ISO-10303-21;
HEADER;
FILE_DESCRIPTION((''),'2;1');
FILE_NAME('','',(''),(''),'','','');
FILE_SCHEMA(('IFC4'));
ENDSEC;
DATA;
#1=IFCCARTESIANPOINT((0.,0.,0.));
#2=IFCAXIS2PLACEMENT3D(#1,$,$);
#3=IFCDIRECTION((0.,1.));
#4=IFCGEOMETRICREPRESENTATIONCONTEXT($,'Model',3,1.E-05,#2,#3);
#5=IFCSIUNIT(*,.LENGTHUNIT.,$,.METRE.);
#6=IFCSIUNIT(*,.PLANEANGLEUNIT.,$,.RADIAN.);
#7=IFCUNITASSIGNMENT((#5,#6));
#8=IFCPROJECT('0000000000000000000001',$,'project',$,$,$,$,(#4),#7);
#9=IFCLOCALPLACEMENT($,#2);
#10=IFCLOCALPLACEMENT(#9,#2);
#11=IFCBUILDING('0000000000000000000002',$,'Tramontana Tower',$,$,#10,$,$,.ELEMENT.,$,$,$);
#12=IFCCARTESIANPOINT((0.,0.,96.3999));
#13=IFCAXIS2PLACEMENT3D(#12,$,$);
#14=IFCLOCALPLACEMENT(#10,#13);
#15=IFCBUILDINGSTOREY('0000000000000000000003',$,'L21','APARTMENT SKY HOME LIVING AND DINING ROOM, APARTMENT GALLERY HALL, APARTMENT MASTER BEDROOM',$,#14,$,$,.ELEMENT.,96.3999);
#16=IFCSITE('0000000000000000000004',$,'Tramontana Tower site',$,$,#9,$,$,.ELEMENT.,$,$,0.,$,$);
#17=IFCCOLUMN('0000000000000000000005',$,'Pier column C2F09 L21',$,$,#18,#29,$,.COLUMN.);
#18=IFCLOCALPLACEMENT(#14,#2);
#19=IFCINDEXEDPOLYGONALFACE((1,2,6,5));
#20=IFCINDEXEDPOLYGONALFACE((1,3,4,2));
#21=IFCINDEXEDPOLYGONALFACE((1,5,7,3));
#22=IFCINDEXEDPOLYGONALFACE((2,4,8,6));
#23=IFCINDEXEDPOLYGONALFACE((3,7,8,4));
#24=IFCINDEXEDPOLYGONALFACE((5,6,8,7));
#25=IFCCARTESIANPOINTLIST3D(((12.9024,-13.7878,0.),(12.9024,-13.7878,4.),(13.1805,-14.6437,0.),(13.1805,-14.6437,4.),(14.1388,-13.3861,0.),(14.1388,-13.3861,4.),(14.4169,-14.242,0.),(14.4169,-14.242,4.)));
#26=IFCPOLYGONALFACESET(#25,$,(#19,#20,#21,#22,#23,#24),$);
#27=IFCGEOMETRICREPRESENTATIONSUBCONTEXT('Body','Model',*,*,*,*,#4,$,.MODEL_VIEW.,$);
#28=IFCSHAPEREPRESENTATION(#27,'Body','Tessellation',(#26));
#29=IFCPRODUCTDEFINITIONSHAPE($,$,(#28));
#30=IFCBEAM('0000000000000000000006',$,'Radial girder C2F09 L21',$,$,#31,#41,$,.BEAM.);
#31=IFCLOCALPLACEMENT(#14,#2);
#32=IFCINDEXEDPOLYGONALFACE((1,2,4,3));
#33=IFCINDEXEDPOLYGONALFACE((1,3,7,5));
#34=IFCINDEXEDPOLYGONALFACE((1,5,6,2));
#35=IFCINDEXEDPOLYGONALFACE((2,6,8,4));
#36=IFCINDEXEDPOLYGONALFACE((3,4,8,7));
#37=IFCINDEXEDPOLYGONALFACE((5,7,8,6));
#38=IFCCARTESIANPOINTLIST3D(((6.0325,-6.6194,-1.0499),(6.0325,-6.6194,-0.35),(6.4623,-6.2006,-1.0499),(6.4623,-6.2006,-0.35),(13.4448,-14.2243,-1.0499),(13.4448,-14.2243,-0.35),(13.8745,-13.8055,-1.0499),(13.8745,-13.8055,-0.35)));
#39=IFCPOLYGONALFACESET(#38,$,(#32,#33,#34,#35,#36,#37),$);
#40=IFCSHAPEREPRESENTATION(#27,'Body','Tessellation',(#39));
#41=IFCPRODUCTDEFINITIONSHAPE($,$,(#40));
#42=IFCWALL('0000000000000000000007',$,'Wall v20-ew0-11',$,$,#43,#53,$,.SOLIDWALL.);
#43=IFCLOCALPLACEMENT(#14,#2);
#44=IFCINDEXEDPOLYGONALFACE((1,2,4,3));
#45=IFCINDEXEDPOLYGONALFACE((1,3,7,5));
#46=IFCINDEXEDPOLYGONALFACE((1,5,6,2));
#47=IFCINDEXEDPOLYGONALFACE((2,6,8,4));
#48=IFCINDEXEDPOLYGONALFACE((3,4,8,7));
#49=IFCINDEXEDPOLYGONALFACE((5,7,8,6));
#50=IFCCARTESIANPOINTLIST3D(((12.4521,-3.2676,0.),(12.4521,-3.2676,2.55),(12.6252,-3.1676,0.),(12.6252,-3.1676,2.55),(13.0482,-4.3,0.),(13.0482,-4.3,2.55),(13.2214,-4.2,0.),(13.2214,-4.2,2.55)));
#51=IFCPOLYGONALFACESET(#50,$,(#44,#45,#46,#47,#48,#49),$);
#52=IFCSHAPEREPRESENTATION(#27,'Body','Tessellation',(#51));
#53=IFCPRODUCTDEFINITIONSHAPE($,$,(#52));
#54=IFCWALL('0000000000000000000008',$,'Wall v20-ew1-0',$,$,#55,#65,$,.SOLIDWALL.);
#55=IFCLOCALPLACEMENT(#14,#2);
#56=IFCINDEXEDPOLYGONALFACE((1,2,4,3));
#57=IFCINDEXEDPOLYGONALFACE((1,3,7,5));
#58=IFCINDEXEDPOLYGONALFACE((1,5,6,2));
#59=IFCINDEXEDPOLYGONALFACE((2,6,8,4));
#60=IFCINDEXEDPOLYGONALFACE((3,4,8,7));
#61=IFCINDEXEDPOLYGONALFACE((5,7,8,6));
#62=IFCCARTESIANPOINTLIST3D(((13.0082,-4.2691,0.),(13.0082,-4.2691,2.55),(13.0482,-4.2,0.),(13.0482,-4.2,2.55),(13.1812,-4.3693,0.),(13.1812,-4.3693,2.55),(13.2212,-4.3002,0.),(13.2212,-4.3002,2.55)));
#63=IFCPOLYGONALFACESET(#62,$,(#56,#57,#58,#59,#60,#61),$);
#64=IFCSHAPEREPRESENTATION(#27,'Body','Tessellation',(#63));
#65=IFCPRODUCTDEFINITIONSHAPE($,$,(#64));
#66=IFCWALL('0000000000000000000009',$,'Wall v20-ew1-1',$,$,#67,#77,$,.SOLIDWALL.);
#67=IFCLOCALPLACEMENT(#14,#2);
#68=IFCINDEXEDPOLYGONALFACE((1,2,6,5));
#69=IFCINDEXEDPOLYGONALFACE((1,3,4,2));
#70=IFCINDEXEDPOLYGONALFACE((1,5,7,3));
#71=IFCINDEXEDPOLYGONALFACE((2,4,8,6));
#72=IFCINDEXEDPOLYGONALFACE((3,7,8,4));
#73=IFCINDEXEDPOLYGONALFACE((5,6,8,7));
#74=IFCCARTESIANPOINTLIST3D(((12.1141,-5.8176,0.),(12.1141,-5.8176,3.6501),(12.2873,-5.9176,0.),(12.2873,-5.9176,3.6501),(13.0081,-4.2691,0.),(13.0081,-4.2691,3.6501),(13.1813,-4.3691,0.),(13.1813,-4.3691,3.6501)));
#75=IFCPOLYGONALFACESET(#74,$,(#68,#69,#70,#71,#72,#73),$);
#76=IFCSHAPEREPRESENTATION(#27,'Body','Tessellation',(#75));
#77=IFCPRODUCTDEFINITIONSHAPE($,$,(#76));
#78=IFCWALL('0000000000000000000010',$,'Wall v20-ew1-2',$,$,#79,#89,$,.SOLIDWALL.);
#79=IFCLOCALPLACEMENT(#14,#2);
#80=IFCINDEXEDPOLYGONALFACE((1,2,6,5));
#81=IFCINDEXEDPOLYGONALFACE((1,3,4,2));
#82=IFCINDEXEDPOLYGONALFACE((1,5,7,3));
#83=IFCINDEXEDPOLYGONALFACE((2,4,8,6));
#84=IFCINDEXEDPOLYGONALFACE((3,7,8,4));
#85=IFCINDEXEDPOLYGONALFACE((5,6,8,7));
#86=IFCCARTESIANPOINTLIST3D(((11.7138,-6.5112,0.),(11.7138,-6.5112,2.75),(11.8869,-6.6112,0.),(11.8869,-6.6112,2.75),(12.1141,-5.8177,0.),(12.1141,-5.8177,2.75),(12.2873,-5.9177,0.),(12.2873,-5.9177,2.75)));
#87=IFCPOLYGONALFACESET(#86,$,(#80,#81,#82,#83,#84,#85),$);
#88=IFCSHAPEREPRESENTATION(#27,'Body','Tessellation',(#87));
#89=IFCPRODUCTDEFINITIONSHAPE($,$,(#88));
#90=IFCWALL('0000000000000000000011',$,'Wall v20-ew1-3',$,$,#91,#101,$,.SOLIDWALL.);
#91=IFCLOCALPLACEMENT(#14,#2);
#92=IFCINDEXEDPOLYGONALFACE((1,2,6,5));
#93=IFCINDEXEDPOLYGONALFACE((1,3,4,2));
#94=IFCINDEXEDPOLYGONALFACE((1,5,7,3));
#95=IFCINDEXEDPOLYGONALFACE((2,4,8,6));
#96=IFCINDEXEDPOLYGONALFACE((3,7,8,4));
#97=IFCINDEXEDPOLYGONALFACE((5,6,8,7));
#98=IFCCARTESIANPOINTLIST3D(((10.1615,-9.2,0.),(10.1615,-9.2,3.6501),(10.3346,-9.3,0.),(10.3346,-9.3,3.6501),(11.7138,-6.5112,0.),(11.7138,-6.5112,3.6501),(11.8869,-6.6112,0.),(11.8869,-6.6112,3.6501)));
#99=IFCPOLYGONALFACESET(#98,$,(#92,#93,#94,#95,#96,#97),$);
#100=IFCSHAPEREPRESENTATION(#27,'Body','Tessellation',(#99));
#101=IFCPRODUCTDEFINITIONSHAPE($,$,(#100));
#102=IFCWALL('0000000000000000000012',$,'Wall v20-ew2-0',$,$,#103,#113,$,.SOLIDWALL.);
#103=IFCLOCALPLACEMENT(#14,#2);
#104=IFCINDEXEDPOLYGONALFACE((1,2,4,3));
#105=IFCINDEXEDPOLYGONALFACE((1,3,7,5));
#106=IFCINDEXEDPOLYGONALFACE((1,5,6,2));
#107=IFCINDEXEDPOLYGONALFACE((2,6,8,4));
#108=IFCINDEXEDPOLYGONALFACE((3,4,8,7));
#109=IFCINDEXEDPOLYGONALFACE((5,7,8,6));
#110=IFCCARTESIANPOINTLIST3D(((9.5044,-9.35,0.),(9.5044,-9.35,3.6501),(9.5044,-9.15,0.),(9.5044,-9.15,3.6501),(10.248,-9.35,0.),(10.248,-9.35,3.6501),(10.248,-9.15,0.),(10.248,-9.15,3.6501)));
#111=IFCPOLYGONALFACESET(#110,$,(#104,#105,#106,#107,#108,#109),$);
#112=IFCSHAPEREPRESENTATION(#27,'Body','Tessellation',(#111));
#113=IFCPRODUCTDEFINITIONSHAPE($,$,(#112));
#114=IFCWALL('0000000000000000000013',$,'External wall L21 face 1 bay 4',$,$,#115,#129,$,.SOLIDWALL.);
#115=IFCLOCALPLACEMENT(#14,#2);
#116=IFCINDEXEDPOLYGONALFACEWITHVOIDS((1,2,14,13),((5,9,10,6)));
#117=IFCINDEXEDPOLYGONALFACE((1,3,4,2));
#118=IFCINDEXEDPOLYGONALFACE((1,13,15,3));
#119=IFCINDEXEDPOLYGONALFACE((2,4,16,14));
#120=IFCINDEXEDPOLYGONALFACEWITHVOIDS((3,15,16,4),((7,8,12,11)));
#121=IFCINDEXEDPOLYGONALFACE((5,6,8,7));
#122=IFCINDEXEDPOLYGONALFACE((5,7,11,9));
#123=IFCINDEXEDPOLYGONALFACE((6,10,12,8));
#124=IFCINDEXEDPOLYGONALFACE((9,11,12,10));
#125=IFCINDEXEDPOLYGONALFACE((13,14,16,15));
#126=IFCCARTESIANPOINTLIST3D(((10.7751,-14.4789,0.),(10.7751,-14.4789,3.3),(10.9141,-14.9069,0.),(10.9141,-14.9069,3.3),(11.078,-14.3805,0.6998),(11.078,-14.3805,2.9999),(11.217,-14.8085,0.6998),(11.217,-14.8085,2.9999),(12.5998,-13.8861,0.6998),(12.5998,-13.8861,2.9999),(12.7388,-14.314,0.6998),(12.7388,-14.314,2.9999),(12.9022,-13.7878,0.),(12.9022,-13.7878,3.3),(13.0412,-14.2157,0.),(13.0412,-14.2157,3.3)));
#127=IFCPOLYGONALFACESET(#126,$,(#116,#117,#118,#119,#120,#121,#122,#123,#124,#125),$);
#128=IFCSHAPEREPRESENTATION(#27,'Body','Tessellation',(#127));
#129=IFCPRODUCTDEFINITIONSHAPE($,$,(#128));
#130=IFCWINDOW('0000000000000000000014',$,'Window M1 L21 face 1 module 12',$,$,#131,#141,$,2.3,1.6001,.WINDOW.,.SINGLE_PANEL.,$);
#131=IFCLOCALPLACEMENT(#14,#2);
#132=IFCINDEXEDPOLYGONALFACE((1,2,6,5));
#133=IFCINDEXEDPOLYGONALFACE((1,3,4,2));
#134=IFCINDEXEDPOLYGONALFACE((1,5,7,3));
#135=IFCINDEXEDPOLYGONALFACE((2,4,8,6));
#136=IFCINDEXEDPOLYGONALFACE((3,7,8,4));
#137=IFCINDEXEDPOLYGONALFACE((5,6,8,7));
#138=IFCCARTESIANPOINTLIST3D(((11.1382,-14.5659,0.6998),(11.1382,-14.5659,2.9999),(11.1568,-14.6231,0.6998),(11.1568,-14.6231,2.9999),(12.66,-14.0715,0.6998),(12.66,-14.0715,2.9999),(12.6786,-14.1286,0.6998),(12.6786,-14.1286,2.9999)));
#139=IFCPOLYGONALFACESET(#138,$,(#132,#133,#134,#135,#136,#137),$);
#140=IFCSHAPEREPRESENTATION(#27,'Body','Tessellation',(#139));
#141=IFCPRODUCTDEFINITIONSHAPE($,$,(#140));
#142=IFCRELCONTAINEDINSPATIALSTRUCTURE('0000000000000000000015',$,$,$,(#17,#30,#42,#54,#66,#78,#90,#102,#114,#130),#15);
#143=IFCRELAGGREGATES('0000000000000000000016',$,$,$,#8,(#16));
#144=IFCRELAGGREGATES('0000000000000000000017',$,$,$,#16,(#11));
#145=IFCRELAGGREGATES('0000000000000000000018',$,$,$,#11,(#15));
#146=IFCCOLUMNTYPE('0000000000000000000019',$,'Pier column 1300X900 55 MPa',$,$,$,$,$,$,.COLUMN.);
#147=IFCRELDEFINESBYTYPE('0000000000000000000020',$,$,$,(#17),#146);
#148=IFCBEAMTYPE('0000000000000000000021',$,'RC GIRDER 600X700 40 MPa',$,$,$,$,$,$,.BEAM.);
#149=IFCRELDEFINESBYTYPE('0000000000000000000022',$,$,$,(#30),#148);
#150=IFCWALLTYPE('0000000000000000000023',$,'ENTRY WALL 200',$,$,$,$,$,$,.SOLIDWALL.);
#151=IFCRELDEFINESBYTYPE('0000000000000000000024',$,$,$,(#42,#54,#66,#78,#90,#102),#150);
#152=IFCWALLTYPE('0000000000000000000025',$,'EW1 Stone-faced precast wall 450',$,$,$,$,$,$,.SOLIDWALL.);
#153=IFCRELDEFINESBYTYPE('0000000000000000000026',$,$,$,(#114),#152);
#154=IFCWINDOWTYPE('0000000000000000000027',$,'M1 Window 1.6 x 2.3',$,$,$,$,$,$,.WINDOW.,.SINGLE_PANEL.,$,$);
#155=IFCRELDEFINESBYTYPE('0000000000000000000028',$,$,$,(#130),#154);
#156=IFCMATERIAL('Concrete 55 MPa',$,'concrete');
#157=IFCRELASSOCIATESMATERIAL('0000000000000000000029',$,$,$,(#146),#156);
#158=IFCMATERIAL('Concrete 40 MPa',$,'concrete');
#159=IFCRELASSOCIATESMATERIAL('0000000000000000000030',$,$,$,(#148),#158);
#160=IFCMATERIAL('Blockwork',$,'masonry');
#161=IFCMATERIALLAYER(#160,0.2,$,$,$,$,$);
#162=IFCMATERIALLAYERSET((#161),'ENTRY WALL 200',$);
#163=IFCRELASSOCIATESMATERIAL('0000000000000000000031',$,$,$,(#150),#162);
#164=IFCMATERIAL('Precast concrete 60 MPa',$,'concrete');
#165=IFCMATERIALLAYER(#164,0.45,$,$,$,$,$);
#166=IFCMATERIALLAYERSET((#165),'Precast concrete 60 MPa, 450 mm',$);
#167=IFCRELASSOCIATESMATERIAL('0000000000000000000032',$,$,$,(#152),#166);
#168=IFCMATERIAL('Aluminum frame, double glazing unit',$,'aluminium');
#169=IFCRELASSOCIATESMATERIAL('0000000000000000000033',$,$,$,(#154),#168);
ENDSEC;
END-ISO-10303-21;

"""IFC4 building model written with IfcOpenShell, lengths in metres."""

from ifc_helpers import new_model, si_unit, direction, frame, frame_2d, origin, origin_2d, place, context, subcontext, project, spatial, rectangle, extrude, material, layer, layer_set, material_profile, profile_set, type_object, element, fill, save


model = new_model("IFC4")

# Units and contexts
model_context = context("Model", 3, precision=1e-05, world=origin(), true_north=direction((0.0, 1.0)))
body_context = subcontext(model_context, "Body", "Model", "MODEL_VIEW")
ifc_project = project(units=[si_unit("LENGTHUNIT", "METRE"), si_unit("PLANEANGLEUNIT", "RADIAN")], contexts=[model_context])

# Site, building, storey
site_placement = place(None, origin())
site = spatial("IfcSite", under=ifc_project, at=site_placement, Name="Tramontana Tower site", CompositionType="ELEMENT", RefElevation=0.0)
building_placement = place(site_placement, origin())
building = spatial("IfcBuilding", under=site, at=building_placement, Name="Tramontana Tower", CompositionType="ELEMENT")
storey_placement = place(building_placement, frame((0.0, 0.0, 96.3999)))
storey = spatial("IfcBuildingStorey", under=building, at=storey_placement, Name="L21", Description="APARTMENT SKY HOME LIVING AND DINING ROOM, APARTMENT GALLERY HALL, APARTMENT MASTER BEDROOM", CompositionType="ELEMENT", Elevation=96.3999)

# Column
ifc_material_1 = material(Name="Concrete 55 MPa", Category="concrete")
ifc_material_profile_1 = material_profile(ifc_material_1, rectangle(XDim=1.3, YDim=0.8999, at=origin_2d()), Name="Pier column 1300X900 55 MPa")
ifc_profile_set_1 = profile_set([ifc_material_profile_1], Name="Concrete 55 MPa")
column_type = type_object("IfcColumnType", Name="Pier column 1300X900 55 MPa", PredefinedType="COLUMN", material=ifc_profile_set_1)
column_placement = place(storey_placement, frame((13.6597, -14.0149, 0.0), z_axis=(0.0, 0.0, 1.0), x_axis=(0.951057, 0.309017, 0.0)))
element("IfcColumn", 1, at=column_placement, inside=storey, type_object=column_type, Name="Pier column C2F09 L21", PredefinedType="COLUMN", context=body_context, shape_type="SweptSolid", body=[
    extrude(rectangle(XDim=1.3, YDim=0.8999, at=origin_2d()), origin(), (0.0, 0.0, 1.0), 4.0),
])

# Beam
ifc_material_2 = material(Name="Concrete 40 MPa", Category="concrete")
ifc_material_profile_2 = material_profile(ifc_material_2, rectangle(XDim=0.6001, YDim=0.7, at=origin_2d()), Name="RC GIRDER 600X700 40 MPa")
ifc_profile_set_2 = profile_set([ifc_material_profile_2], Name="Concrete 40 MPa")
beam_type = type_object("IfcBeamType", Name="RC GIRDER 600X700 40 MPa", PredefinedType="BEAM", material=ifc_profile_set_2)
beam_placement = place(storey_placement, frame((13.6597, -14.0149, -0.7), z_axis=(-0.697979, 0.716118, 0.0), x_axis=(-0.716118, -0.697979, 0.0)))
element("IfcBeam", 2, at=beam_placement, inside=storey, type_object=beam_type, Name="Radial girder C2F09 L21", PredefinedType="BEAM", context=body_context, shape_type="SweptSolid", body=[
    extrude(rectangle(XDim=0.6001, YDim=0.7, at=origin_2d()), origin(), (0.0, 0.0, 1.0), 10.6196),
])

# Walls
ifc_material_3 = material(Name="Blockwork", Category="masonry")
ifc_layer_1 = layer(ifc_material_3, 0.2)
ifc_layer_set_1 = layer_set([ifc_layer_1], Name="ENTRY WALL 200")
wall_type_1 = type_object("IfcWallType", Name="ENTRY WALL 200", PredefinedType="SOLIDWALL", material=ifc_layer_set_1)
wall_1_placement = place(storey_placement, frame((12.5386, -3.2175, 0.0), z_axis=(0.0, 0.0, 1.0), x_axis=(0.500059, -0.865991, 0.0)))
element("IfcWall", 3, at=wall_1_placement, inside=storey, type_object=wall_type_1, Name="Wall v20-ew0-11", PredefinedType="SOLIDWALL", context=body_context, shape_type="SweptSolid", body=[
    extrude(rectangle(XDim=1.1921, YDim=0.2, at=frame_2d((0.5962, 0.0))), origin(), (0.0, 0.0, 1.0), 2.55),
])
wall_2_placement = place(storey_placement, frame((13.1348, -4.25, 0.0), z_axis=(0.0, 0.0, 1.0), x_axis=(-0.501398, -0.865217, 0.0)))
element("IfcWall", 4, at=wall_2_placement, inside=storey, type_object=wall_type_1, Name="Wall v20-ew1-0", PredefinedType="SOLIDWALL", context=body_context, shape_type="SweptSolid", body=[
    extrude(rectangle(XDim=0.0798, YDim=0.2, at=frame_2d((0.04, 0.0))), origin(), (0.0, 0.0, 1.0), 2.55),
])
wall_3_placement = place(storey_placement, frame((13.0947, -4.3191, 0.0), z_axis=(0.0, 0.0, 1.0), x_axis=(-0.499986, -0.866033, 0.0)))
element("IfcWall", 5, at=wall_3_placement, inside=storey, type_object=wall_type_1, Name="Wall v20-ew1-1", PredefinedType="SOLIDWALL", context=body_context, shape_type="SweptSolid", body=[
    extrude(rectangle(XDim=1.7881, YDim=0.2, at=frame_2d((0.894, 0.0))), origin(), (0.0, 0.0, 1.0), 3.6501),
])
wall_4_placement = place(storey_placement, frame((12.2007, -5.8677, 0.0), z_axis=(0.0, 0.0, 1.0), x_axis=(-0.499942, -0.866059, 0.0)))
element("IfcWall", 6, at=wall_4_placement, inside=storey, type_object=wall_type_1, Name="Wall v20-ew1-2", PredefinedType="SOLIDWALL", context=body_context, shape_type="SweptSolid", body=[
    extrude(rectangle(XDim=0.8008, YDim=0.2, at=frame_2d((0.4004, 0.0))), origin(), (0.0, 0.0, 1.0), 2.75),
])
wall_5_placement = place(storey_placement, frame((11.8003, -6.5613, 0.0), z_axis=(0.0, 0.0, 1.0), x_axis=(-0.499979, -0.866038, 0.0)))
element("IfcWall", 7, at=wall_5_placement, inside=storey, type_object=wall_type_1, Name="Wall v20-ew1-3", PredefinedType="SOLIDWALL", context=body_context, shape_type="SweptSolid", body=[
    extrude(rectangle(XDim=3.1047, YDim=0.2, at=frame_2d((1.5522, 0.0))), origin(), (0.0, 0.0, 1.0), 3.6501),
])
wall_6_placement = place(storey_placement, frame((10.248, -9.25, 0.0), z_axis=(0.0, 0.0, 1.0), x_axis=(-1.0, 0.0, 0.0)))
element("IfcWall", 8, at=wall_6_placement, inside=storey, type_object=wall_type_1, Name="Wall v20-ew2-0", PredefinedType="SOLIDWALL", context=body_context, shape_type="SweptSolid", body=[
    extrude(rectangle(XDim=0.7437, YDim=0.2, at=frame_2d((0.3718, 0.0))), origin(), (0.0, 0.0, 1.0), 3.6501),
])

# Wall, opening, window
ifc_material_4 = material(Name="Precast concrete 60 MPa", Category="concrete")
ifc_layer_2 = layer(ifc_material_4, 0.45)
ifc_layer_set_2 = layer_set([ifc_layer_2], Name="Precast concrete 60 MPa, 450 mm")
wall_type_2 = type_object("IfcWallType", Name="EW1 Stone-faced precast wall 450", PredefinedType="SOLIDWALL", material=ifc_layer_set_2)
wall_7_placement = place(storey_placement, frame((10.8447, -14.6929, 0.0), z_axis=(0.0, 0.0, 1.0), x_axis=(0.951057, 0.309014, 0.0)))
wall_7 = element("IfcWall", 9, at=wall_7_placement, inside=storey, type_object=wall_type_2, Name="External wall L21 face 1 bay 4", PredefinedType="SOLIDWALL", context=body_context, shape_type="SweptSolid", body=[
    extrude(rectangle(XDim=2.2366, YDim=0.45, at=frame_2d((1.1182, 0.0))), origin(), (0.0, 0.0, 1.0), 3.3),
])
opening_1_placement = place(wall_7_placement, frame((0.3184, 0.0, 0.7)))
opening_1 = element("IfcOpeningElement", 10, at=opening_1_placement, cuts=wall_7, PredefinedType="OPENING", context=body_context, shape_type="SweptSolid", body=[
    extrude(rectangle(XDim=1.6001, YDim=2.3, at=frame_2d((0.8, 1.1499))), frame((0.0, 0.2349, 0.0), z_axis=(0.0, -1.0, 0.0), x_axis=(1.0, 0.0, 0.0)), (0.0, 0.0, 1.0), 0.47),
])
ifc_material_5 = material(Name="Aluminum frame, double glazing unit", Category="aluminium")
window_type = type_object("IfcWindowType", Name="M1 Window 1.6 x 2.3", PartitioningType="SINGLE_PANEL", PredefinedType="WINDOW", material=ifc_material_5)
window_1_placement = place(opening_1_placement, origin())
window_1 = element("IfcWindow", 11, at=window_1_placement, inside=storey, type_object=window_type, Name="Window M1 L21 face 1 module 12", OverallHeight=2.3, OverallWidth=1.6001, PartitioningType="SINGLE_PANEL", PredefinedType="WINDOW", context=body_context, shape_type="SweptSolid", body=[
    extrude(rectangle(XDim=1.6001, YDim=2.3, at=frame_2d((0.8, 1.1499))), frame((0.0, 0.03, 0.0), z_axis=(0.0, -1.0, 0.0), x_axis=(1.0, 0.0, 0.0)), (0.0, 0.0, 1.0), 0.0601),
])
fill(opening_1, window_1)

save(model, "model.ifc")
